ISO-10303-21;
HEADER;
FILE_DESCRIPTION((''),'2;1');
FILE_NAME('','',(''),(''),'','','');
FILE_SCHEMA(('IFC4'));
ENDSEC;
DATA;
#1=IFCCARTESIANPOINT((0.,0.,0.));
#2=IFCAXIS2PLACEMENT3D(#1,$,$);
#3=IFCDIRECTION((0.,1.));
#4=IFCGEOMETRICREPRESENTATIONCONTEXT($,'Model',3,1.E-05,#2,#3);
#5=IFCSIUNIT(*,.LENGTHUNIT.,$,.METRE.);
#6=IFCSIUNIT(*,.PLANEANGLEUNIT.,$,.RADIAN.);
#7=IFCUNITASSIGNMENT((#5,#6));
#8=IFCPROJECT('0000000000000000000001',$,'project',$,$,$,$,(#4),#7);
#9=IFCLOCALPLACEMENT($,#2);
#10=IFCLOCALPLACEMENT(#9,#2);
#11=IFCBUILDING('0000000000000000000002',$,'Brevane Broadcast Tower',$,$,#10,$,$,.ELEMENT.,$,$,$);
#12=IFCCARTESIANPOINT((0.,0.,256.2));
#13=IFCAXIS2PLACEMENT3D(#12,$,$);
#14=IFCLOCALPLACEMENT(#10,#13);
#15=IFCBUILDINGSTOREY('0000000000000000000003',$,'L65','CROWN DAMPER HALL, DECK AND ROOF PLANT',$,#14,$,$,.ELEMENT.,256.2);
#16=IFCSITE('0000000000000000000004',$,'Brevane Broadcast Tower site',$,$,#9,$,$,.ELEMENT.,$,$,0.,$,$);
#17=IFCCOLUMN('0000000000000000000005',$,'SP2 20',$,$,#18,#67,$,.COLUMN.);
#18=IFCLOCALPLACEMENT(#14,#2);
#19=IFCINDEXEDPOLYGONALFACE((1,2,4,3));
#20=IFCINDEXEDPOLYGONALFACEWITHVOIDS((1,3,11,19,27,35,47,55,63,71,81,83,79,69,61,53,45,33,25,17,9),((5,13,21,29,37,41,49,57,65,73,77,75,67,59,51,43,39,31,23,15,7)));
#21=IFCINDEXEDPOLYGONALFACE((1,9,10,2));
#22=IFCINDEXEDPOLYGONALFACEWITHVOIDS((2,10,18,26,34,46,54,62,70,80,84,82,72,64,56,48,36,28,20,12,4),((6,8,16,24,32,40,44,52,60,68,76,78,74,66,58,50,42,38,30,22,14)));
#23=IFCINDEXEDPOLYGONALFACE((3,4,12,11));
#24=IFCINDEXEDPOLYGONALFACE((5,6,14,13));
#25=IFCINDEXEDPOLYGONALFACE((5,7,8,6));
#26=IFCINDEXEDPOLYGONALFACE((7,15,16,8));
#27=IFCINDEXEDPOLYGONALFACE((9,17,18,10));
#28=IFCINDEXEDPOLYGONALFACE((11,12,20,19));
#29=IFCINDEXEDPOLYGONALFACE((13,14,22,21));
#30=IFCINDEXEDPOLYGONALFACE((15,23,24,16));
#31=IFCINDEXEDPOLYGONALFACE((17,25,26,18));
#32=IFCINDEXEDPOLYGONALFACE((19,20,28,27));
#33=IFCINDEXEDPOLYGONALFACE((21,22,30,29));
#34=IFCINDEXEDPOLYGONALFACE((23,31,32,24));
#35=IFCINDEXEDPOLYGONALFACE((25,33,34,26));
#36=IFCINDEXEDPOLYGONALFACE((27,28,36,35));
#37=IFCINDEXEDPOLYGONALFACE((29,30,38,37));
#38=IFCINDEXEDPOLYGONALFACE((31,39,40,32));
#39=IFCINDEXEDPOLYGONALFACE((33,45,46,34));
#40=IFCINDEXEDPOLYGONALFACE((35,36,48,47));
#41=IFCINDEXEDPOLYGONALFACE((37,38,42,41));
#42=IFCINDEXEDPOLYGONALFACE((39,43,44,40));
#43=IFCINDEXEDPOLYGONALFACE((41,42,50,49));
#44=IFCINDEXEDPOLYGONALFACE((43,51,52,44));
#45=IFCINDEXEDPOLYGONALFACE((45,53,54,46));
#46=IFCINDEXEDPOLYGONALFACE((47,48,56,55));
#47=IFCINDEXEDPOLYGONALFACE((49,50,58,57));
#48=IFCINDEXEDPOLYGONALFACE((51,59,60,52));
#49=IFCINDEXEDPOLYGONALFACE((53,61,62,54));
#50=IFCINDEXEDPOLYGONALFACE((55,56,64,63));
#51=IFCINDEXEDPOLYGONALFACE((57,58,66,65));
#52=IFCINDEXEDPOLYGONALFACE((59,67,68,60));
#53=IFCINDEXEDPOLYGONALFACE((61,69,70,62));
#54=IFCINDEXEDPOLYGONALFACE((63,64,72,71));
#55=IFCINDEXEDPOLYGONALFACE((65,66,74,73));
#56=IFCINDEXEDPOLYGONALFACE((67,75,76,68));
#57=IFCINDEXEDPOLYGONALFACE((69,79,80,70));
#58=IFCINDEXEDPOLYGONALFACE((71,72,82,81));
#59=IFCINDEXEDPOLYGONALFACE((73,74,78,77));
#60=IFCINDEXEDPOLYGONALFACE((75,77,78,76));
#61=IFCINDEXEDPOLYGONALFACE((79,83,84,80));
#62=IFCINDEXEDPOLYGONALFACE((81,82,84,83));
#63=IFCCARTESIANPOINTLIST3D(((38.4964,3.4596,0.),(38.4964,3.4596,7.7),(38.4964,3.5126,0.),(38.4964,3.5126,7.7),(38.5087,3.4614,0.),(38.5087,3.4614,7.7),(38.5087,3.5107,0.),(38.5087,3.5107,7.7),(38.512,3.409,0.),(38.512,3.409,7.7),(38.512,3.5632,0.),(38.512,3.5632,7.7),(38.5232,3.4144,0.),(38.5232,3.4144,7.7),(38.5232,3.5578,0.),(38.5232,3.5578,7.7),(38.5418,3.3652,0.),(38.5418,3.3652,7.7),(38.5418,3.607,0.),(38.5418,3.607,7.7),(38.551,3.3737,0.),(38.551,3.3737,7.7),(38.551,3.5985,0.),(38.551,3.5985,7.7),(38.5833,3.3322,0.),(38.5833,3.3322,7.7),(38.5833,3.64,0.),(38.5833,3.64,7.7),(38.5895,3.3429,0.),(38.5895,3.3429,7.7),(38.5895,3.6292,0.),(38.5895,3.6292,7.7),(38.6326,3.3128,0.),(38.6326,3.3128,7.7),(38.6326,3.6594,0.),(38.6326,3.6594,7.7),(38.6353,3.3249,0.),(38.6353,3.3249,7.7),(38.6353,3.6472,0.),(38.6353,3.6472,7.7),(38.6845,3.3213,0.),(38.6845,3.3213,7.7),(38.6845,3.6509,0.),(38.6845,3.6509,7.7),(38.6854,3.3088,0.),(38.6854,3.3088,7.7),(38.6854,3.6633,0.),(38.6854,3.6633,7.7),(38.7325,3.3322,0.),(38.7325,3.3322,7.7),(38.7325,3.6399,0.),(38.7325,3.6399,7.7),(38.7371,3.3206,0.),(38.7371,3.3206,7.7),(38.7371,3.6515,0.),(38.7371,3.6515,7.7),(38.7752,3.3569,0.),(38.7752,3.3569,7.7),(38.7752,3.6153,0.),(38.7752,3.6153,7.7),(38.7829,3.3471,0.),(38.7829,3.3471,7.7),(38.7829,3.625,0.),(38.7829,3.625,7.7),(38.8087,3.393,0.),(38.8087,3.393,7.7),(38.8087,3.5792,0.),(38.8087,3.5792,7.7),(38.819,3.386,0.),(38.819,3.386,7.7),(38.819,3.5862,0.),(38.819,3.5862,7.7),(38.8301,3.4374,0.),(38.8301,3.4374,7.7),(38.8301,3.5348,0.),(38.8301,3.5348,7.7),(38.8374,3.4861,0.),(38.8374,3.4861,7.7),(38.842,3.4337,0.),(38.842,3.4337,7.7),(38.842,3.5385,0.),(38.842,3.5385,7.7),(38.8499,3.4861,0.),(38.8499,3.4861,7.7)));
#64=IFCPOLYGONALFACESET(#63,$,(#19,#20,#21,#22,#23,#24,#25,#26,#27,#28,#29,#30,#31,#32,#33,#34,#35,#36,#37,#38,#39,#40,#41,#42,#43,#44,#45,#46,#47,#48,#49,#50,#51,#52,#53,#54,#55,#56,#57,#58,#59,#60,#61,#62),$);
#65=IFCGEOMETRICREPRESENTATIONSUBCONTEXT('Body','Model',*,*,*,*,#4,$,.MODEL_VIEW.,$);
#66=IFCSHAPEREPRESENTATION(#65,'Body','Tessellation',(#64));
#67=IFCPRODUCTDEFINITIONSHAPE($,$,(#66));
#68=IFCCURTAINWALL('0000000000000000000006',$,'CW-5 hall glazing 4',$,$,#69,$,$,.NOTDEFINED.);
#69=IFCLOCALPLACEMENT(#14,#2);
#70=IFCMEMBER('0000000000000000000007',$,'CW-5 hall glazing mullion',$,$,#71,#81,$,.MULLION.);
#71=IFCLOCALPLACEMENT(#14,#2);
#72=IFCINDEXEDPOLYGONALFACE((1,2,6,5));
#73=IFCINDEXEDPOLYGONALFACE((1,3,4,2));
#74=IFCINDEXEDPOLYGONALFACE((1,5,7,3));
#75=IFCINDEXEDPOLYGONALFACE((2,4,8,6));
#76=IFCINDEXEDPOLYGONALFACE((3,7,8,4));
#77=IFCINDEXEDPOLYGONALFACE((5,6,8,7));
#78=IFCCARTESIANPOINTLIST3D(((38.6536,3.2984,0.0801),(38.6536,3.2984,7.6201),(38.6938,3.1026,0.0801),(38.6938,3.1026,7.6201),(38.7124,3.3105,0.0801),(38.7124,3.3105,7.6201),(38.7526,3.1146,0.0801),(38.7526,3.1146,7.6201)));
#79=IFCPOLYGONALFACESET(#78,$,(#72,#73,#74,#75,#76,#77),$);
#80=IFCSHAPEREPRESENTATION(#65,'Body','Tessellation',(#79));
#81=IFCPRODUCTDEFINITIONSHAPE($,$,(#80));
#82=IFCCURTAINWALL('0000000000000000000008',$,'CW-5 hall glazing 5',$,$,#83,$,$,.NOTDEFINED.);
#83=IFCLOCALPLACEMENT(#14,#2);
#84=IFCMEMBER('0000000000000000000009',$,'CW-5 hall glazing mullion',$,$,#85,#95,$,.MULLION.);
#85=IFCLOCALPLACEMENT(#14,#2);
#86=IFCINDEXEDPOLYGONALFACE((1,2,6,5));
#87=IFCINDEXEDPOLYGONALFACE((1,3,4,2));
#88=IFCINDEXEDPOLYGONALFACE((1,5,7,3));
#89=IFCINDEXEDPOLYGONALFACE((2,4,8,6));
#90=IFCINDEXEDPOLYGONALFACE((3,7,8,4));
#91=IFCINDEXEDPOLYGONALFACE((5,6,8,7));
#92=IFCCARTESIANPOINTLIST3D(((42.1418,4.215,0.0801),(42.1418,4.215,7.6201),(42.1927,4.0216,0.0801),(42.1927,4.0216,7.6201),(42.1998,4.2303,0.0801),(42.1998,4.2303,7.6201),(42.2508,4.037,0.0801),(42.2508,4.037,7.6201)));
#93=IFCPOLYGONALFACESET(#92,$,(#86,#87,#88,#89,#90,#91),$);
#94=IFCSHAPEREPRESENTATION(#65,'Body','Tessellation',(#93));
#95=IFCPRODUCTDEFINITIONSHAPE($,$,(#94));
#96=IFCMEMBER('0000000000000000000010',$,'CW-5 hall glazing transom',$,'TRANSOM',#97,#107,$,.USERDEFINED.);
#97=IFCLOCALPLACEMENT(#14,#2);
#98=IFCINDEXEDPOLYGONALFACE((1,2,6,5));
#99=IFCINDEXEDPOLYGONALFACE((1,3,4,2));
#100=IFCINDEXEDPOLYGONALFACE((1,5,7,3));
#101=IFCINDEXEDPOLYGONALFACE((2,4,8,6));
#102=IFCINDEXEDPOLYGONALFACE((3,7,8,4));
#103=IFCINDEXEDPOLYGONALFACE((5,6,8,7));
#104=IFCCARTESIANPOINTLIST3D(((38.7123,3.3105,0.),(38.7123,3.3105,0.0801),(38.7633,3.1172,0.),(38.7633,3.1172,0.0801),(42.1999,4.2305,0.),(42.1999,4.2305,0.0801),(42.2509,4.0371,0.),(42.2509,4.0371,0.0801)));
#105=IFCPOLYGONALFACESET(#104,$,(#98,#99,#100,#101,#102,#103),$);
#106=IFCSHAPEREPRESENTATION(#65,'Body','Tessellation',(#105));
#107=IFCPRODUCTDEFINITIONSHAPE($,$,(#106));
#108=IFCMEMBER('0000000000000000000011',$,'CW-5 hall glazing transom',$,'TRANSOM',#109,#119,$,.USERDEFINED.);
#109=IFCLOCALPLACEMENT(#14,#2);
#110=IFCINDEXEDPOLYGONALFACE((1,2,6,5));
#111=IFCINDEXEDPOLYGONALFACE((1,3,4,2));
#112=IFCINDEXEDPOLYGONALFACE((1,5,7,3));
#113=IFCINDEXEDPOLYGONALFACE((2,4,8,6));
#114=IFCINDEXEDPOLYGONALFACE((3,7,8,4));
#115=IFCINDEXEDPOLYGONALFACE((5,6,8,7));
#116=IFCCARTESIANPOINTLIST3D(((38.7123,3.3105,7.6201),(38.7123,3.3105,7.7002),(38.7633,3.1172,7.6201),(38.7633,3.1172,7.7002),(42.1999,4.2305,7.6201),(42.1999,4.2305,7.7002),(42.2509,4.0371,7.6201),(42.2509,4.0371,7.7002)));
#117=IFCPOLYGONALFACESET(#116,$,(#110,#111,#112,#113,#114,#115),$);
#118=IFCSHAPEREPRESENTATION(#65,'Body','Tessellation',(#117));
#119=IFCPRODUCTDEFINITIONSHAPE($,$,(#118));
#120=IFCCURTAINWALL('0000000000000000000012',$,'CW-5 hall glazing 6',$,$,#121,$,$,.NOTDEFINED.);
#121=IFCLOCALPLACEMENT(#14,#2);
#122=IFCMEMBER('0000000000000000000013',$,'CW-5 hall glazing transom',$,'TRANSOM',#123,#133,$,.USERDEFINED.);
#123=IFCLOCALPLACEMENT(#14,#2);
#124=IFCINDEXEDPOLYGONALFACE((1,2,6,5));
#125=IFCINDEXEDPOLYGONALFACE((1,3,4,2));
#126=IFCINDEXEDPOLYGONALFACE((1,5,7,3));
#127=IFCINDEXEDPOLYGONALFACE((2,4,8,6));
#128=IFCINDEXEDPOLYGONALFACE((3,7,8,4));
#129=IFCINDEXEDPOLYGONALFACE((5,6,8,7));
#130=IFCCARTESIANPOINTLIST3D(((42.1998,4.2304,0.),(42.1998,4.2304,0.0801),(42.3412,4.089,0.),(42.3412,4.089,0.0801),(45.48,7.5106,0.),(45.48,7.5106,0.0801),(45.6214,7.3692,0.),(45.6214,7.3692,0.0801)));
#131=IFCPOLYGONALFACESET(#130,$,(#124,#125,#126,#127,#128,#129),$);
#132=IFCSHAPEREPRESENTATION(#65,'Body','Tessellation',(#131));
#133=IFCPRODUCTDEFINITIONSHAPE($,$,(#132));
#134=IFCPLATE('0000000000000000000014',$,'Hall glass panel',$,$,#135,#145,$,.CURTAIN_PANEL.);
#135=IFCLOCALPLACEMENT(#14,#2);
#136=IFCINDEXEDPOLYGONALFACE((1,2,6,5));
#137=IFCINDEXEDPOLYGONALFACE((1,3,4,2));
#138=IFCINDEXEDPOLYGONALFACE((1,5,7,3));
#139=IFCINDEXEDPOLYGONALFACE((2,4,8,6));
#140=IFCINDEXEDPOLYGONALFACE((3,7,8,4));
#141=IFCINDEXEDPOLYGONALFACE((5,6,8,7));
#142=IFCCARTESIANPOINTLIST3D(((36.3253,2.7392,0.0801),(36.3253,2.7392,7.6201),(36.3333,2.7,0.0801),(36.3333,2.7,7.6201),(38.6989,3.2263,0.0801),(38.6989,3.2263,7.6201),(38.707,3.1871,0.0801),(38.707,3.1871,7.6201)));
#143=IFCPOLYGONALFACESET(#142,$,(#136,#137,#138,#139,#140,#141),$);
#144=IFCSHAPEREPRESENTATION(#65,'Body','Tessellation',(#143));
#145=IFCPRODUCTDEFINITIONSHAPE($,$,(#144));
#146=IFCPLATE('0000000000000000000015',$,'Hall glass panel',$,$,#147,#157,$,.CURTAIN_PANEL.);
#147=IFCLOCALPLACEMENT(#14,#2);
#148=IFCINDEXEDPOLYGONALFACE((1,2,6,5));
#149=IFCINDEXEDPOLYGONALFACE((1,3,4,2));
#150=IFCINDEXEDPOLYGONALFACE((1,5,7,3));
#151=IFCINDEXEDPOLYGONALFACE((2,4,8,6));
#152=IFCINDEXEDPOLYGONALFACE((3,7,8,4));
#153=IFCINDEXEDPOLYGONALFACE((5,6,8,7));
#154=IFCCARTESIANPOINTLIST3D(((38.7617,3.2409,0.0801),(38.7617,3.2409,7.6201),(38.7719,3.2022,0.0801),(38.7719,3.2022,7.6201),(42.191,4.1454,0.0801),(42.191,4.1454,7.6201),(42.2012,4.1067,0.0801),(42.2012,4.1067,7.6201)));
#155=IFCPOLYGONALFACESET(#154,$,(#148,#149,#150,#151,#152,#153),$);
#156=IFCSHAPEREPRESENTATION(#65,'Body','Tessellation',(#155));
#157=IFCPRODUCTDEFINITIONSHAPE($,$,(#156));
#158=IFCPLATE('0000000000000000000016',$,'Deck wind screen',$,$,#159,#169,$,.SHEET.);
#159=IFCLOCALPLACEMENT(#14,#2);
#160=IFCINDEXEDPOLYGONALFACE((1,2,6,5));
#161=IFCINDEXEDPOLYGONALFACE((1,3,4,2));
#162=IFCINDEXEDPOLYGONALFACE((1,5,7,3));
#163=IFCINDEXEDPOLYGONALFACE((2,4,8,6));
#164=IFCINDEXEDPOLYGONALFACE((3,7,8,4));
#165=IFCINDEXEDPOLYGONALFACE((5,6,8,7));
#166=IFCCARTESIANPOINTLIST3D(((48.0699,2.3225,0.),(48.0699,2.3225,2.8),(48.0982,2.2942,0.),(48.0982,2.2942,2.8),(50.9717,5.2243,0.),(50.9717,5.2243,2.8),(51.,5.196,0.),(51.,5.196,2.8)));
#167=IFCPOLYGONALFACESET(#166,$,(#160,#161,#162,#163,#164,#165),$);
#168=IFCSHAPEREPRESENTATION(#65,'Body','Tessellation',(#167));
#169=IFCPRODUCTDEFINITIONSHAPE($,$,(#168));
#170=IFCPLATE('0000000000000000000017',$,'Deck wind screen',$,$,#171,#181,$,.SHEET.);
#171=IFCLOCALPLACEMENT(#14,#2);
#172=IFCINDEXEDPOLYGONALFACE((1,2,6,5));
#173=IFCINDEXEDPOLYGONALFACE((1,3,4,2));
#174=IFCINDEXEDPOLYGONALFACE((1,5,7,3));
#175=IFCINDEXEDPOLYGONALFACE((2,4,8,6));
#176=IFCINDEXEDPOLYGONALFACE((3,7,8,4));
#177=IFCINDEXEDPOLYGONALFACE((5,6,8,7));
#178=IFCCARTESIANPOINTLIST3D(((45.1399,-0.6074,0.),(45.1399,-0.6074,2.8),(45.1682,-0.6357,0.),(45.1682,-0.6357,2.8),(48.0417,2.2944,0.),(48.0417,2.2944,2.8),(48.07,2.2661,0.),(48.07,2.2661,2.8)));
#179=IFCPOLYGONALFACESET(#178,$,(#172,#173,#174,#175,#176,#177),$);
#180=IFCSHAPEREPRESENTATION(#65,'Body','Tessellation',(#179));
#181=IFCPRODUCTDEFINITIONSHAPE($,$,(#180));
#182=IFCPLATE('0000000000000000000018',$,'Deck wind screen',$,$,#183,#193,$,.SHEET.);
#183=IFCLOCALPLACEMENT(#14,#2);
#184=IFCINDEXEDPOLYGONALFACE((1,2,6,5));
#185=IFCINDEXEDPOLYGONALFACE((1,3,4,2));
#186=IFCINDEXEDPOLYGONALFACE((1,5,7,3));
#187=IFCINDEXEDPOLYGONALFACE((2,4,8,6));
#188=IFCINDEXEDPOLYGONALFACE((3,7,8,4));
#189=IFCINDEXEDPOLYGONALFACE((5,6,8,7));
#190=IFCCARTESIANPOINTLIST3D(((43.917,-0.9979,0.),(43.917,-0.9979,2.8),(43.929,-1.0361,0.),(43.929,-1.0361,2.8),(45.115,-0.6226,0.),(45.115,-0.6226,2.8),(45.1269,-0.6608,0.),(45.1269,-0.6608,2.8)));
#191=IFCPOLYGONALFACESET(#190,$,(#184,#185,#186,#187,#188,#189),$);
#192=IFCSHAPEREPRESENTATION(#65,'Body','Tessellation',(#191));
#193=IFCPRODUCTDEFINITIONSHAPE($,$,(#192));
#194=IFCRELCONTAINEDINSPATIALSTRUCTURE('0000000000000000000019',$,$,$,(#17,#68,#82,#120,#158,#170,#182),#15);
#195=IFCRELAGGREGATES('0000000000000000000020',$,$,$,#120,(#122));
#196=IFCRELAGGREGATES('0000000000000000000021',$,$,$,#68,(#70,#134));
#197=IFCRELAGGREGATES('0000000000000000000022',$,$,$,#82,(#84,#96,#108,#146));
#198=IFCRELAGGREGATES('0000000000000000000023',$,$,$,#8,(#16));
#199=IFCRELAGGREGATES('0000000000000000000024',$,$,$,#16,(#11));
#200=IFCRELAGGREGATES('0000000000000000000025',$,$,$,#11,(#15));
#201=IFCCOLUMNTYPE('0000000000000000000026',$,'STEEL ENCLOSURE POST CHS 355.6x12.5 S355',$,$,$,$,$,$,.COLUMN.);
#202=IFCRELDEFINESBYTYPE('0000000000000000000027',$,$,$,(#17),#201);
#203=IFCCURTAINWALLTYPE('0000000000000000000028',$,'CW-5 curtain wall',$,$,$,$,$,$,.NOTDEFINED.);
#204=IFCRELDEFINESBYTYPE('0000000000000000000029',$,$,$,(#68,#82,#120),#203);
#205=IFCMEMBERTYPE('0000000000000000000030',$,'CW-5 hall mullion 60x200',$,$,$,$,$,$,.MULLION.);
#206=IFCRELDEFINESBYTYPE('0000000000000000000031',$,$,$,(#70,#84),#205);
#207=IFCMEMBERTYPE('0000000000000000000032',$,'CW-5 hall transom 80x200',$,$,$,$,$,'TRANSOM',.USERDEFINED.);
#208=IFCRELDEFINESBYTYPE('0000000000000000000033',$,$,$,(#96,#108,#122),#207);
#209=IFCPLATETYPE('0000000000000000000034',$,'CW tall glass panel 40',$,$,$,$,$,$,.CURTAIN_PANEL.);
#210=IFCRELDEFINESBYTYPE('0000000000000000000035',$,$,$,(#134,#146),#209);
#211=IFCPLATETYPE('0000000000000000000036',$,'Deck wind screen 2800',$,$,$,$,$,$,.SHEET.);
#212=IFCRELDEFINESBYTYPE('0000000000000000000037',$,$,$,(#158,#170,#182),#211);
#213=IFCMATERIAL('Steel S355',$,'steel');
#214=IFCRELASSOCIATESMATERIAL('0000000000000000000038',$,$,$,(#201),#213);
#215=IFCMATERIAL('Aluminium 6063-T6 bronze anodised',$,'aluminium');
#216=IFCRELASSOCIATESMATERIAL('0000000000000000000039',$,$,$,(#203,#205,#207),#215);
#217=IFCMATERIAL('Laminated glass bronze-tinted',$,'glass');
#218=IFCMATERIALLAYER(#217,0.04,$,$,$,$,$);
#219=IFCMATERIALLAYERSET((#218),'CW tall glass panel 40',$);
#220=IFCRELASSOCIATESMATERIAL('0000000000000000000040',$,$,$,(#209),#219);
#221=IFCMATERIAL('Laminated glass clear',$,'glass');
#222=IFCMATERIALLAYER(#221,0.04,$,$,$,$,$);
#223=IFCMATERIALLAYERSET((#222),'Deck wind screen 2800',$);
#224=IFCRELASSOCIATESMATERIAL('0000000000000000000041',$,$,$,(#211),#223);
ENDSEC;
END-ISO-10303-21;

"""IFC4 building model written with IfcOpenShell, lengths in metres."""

from ifc_helpers import new_model, si_unit, direction, frame, origin, origin_2d, place, context, subcontext, project, spatial, rectangle, hollow_circle, extrude, material, layer, layer_set, material_profile, profile_set, type_object, element, aggregate, save


model = new_model("IFC4")

# Units and contexts
model_context = context("Model", 3, precision=1e-05, world=origin(), true_north=direction((0.0, 1.0)))
body_context = subcontext(model_context, "Body", "Model", "MODEL_VIEW")
ifc_project = project(units=[si_unit("LENGTHUNIT", "METRE"), si_unit("PLANEANGLEUNIT", "RADIAN")], contexts=[model_context])

# Site, building, storey
site_placement = place(None, origin())
site = spatial("IfcSite", under=ifc_project, at=site_placement, Name="Brevane Broadcast Tower site", CompositionType="ELEMENT", RefElevation=0.0)
building_placement = place(site_placement, origin())
building = spatial("IfcBuilding", under=site, at=building_placement, Name="Brevane Broadcast Tower", CompositionType="ELEMENT")
storey_placement = place(building_placement, frame((0.0, 0.0, 256.2)))
storey = spatial("IfcBuildingStorey", under=building, at=storey_placement, Name="L65", Description="CROWN DAMPER HALL, DECK AND ROOF PLANT", CompositionType="ELEMENT", Elevation=256.2)

# Column
ifc_material_1 = material(Name="Steel S355", Category="steel")
ifc_material_profile_1 = material_profile(ifc_material_1, hollow_circle(Radius=0.1777, WallThickness=0.0125, at=origin_2d()), Name="CHS 355.6x12.5")
ifc_profile_set_1 = profile_set([ifc_material_profile_1], Name="Steel S355")
column_type = type_object("IfcColumnType", Name="STEEL ENCLOSURE POST CHS 355.6x12.5 S355", PredefinedType="COLUMN", material=ifc_profile_set_1)
column_placement = place(storey_placement, frame((38.6721, 3.4861, 0.0), z_axis=(0.0, 0.0, 1.0), x_axis=(1.0, 0.0, 0.0)))
element("IfcColumn", 1, at=column_placement, inside=storey, type_object=column_type, Name="SP2 20", PredefinedType="COLUMN", context=body_context, shape_type="SweptSolid", body=[
    extrude(hollow_circle(Radius=0.1777, WallThickness=0.0125, at=origin_2d()), origin(), (0.0, 0.0, 1.0), 7.7),
])

# Curtain wall, member
ifc_material_2 = material(Name="Aluminium 6063-T6 bronze anodised", Category="aluminium")
curtain_wall_type = type_object("IfcCurtainWallType", Name="CW-5 curtain wall", PredefinedType="NOTDEFINED", material=ifc_material_2)
curtain_wall_1_placement = place(storey_placement, origin())
curtain_wall_1 = element("IfcCurtainWall", 2, at=curtain_wall_1_placement, inside=storey, type_object=curtain_wall_type, Name="CW-5 hall glazing 4", PredefinedType="NOTDEFINED")
ifc_material_profile_2 = material_profile(ifc_material_2, rectangle(XDim=0.2, YDim=0.0601, at=origin_2d()), Name="RECT 60x200")
ifc_profile_set_2 = profile_set([ifc_material_profile_2], Name="Aluminium 6063-T6 bronze anodised")
member_type_1 = type_object("IfcMemberType", Name="CW-5 hall mullion 60x200", PredefinedType="MULLION", material=ifc_profile_set_2)
member_1_placement = place(storey_placement, frame((38.7031, 3.2065, 0.0801), z_axis=(0.0, 0.0, 1.0), x_axis=(-0.201014, 0.979588, 0.0)))
member_1 = element("IfcMember", 3, at=member_1_placement, type_object=member_type_1, Name="CW-5 hall glazing mullion", PredefinedType="MULLION", context=body_context, shape_type="SweptSolid", body=[
    extrude(rectangle(XDim=0.2, YDim=0.0601, at=origin_2d()), origin(), (0.0, 0.0, 1.0), 7.54),
])

# Curtain wall, members
curtain_wall_2_placement = place(storey_placement, origin())
curtain_wall_2 = element("IfcCurtainWall", 4, at=curtain_wall_2_placement, inside=storey, type_object=curtain_wall_type, Name="CW-5 hall glazing 5", PredefinedType="NOTDEFINED")
member_2_placement = place(storey_placement, frame((42.1963, 4.126, 0.0801), z_axis=(0.0, 0.0, 1.0), x_axis=(-0.255031, 0.966933, 0.0)))
member_2 = element("IfcMember", 5, at=member_2_placement, type_object=member_type_1, Name="CW-5 hall glazing mullion", PredefinedType="MULLION", context=body_context, shape_type="SweptSolid", body=[
    extrude(rectangle(XDim=0.2, YDim=0.0601, at=origin_2d()), origin(), (0.0, 0.0, 1.0), 7.54),
])
ifc_material_profile_3 = material_profile(ifc_material_2, rectangle(XDim=0.2, YDim=0.0801, at=origin_2d()), Name="RECT 80x200")
ifc_profile_set_3 = profile_set([ifc_material_profile_3], Name="Aluminium 6063-T6 bronze anodised")
member_type_2 = type_object("IfcMemberType", Name="CW-5 hall transom 80x200", ElementType="TRANSOM", PredefinedType="USERDEFINED", material=ifc_profile_set_3)
member_3_placement = place(storey_placement, frame((38.7378, 3.2139, 0.04), z_axis=(0.966928, 0.25505, 0.0), x_axis=(-0.25505, 0.966928, 0.0)))
member_3 = element("IfcMember", 6, at=member_3_placement, type_object=member_type_2, Name="CW-5 hall glazing transom", ObjectType="TRANSOM", PredefinedType="USERDEFINED", context=body_context, shape_type="SweptSolid", body=[
    extrude(rectangle(XDim=0.2, YDim=0.0801, at=origin_2d()), origin(), (0.0, 0.0, 1.0), 3.6069),
])
member_4_placement = place(storey_placement, frame((38.7378, 3.2139, 7.6602), z_axis=(0.966928, 0.25505, 0.0), x_axis=(-0.25505, 0.966928, 0.0)))
member_4 = element("IfcMember", 7, at=member_4_placement, type_object=member_type_2, Name="CW-5 hall glazing transom", ObjectType="TRANSOM", PredefinedType="USERDEFINED", context=body_context, shape_type="SweptSolid", body=[
    extrude(rectangle(XDim=0.2, YDim=0.0801, at=origin_2d()), origin(), (0.0, 0.0, 1.0), 3.6069),
])

# Curtain wall, member
curtain_wall_3_placement = place(storey_placement, origin())
curtain_wall_3 = element("IfcCurtainWall", 8, at=curtain_wall_3_placement, inside=storey, type_object=curtain_wall_type, Name="CW-5 hall glazing 6", PredefinedType="NOTDEFINED")
member_5_placement = place(storey_placement, frame((42.2705, 4.1597, 0.04), z_axis=(0.707107, 0.707107, 0.0), x_axis=(-0.707107, 0.707107, 0.0)))
member_5 = element("IfcMember", 9, at=member_5_placement, type_object=member_type_2, Name="CW-5 hall glazing transom", ObjectType="TRANSOM", PredefinedType="USERDEFINED", context=body_context, shape_type="SweptSolid", body=[
    extrude(rectangle(XDim=0.2, YDim=0.0801, at=origin_2d()), origin(), (0.0, 0.0, 1.0), 4.6389),
])
aggregate(curtain_wall_3, [member_5])

# Plates
ifc_material_3 = material(Name="Laminated glass bronze-tinted", Category="glass")
ifc_layer_1 = layer(ifc_material_3, 0.04)
ifc_layer_set_1 = layer_set([ifc_layer_1], Name="CW tall glass panel 40")
plate_type_1 = type_object("IfcPlateType", Name="CW tall glass panel 40", PredefinedType="CURTAIN_PANEL", material=ifc_layer_set_1)
plate_1_placement = place(storey_placement, frame((37.5161, 2.9631, 0.0801), z_axis=(0.0, 0.0, 1.0), x_axis=(0.979588, 0.201014, 0.0)))
plate_1 = element("IfcPlate", 10, at=plate_1_placement, type_object=plate_type_1, Name="Hall glass panel", PredefinedType="CURTAIN_PANEL", context=body_context, shape_type="SweptSolid", body=[
    extrude(rectangle(XDim=2.4231, YDim=0.04, at=origin_2d()), origin(), (0.0, 0.0, 1.0), 7.54),
])
aggregate(curtain_wall_1, [member_1, plate_1])
plate_2_placement = place(storey_placement, frame((40.4814, 3.6738, 0.0801), z_axis=(0.0, 0.0, 1.0), x_axis=(0.966933, 0.255031, 0.0)))
plate_2 = element("IfcPlate", 11, at=plate_2_placement, type_object=plate_type_1, Name="Hall glass panel", PredefinedType="CURTAIN_PANEL", context=body_context, shape_type="SweptSolid", body=[
    extrude(rectangle(XDim=3.5466, YDim=0.04, at=origin_2d()), origin(), (0.0, 0.0, 1.0), 7.54),
])
aggregate(curtain_wall_2, [member_2, member_3, member_4, plate_2])

# Plates
ifc_material_4 = material(Name="Laminated glass clear", Category="glass")
ifc_layer_2 = layer(ifc_material_4, 0.04)
ifc_layer_set_2 = layer_set([ifc_layer_2], Name="Deck wind screen 2800")
plate_type_2 = type_object("IfcPlateType", Name="Deck wind screen 2800", PredefinedType="SHEET", material=ifc_layer_set_2)
for number, where, z_axis, x_axis, name in (
    (12, (49.5349, 3.7593, 0.0), (0.0, 0.0, 1.0), (-0.707107, -0.707107, 0.0), "Deck wind screen"),
    (13, (46.605, 0.8293, 0.0), (0.0, 0.0, 1.0), (-0.707107, -0.707107, 0.0), "Deck wind screen"),
):
    element("IfcPlate", number, at=place(storey_placement, frame(where, z_axis=z_axis, x_axis=x_axis)), inside=storey, type_object=plate_type_2, Name=name, PredefinedType="SHEET", context=body_context, shape_type="SweptSolid", body=[
        extrude(rectangle(XDim=4.1038, YDim=0.04, at=origin_2d()), origin(), (0.0, 0.0, 1.0), 2.8),
    ])
plate_3_placement = place(storey_placement, frame((44.522, -0.8293, 0.0), z_axis=(0.0, 0.0, 1.0), x_axis=(-0.954269, -0.298948, 0.0)))
element("IfcPlate", 14, at=plate_3_placement, inside=storey, type_object=plate_type_2, Name="Deck wind screen", PredefinedType="SHEET", context=body_context, shape_type="SweptSolid", body=[
    extrude(rectangle(XDim=1.2554, YDim=0.04, at=origin_2d()), origin(), (0.0, 0.0, 1.0), 2.8),
])

save(model, "model.ifc")
